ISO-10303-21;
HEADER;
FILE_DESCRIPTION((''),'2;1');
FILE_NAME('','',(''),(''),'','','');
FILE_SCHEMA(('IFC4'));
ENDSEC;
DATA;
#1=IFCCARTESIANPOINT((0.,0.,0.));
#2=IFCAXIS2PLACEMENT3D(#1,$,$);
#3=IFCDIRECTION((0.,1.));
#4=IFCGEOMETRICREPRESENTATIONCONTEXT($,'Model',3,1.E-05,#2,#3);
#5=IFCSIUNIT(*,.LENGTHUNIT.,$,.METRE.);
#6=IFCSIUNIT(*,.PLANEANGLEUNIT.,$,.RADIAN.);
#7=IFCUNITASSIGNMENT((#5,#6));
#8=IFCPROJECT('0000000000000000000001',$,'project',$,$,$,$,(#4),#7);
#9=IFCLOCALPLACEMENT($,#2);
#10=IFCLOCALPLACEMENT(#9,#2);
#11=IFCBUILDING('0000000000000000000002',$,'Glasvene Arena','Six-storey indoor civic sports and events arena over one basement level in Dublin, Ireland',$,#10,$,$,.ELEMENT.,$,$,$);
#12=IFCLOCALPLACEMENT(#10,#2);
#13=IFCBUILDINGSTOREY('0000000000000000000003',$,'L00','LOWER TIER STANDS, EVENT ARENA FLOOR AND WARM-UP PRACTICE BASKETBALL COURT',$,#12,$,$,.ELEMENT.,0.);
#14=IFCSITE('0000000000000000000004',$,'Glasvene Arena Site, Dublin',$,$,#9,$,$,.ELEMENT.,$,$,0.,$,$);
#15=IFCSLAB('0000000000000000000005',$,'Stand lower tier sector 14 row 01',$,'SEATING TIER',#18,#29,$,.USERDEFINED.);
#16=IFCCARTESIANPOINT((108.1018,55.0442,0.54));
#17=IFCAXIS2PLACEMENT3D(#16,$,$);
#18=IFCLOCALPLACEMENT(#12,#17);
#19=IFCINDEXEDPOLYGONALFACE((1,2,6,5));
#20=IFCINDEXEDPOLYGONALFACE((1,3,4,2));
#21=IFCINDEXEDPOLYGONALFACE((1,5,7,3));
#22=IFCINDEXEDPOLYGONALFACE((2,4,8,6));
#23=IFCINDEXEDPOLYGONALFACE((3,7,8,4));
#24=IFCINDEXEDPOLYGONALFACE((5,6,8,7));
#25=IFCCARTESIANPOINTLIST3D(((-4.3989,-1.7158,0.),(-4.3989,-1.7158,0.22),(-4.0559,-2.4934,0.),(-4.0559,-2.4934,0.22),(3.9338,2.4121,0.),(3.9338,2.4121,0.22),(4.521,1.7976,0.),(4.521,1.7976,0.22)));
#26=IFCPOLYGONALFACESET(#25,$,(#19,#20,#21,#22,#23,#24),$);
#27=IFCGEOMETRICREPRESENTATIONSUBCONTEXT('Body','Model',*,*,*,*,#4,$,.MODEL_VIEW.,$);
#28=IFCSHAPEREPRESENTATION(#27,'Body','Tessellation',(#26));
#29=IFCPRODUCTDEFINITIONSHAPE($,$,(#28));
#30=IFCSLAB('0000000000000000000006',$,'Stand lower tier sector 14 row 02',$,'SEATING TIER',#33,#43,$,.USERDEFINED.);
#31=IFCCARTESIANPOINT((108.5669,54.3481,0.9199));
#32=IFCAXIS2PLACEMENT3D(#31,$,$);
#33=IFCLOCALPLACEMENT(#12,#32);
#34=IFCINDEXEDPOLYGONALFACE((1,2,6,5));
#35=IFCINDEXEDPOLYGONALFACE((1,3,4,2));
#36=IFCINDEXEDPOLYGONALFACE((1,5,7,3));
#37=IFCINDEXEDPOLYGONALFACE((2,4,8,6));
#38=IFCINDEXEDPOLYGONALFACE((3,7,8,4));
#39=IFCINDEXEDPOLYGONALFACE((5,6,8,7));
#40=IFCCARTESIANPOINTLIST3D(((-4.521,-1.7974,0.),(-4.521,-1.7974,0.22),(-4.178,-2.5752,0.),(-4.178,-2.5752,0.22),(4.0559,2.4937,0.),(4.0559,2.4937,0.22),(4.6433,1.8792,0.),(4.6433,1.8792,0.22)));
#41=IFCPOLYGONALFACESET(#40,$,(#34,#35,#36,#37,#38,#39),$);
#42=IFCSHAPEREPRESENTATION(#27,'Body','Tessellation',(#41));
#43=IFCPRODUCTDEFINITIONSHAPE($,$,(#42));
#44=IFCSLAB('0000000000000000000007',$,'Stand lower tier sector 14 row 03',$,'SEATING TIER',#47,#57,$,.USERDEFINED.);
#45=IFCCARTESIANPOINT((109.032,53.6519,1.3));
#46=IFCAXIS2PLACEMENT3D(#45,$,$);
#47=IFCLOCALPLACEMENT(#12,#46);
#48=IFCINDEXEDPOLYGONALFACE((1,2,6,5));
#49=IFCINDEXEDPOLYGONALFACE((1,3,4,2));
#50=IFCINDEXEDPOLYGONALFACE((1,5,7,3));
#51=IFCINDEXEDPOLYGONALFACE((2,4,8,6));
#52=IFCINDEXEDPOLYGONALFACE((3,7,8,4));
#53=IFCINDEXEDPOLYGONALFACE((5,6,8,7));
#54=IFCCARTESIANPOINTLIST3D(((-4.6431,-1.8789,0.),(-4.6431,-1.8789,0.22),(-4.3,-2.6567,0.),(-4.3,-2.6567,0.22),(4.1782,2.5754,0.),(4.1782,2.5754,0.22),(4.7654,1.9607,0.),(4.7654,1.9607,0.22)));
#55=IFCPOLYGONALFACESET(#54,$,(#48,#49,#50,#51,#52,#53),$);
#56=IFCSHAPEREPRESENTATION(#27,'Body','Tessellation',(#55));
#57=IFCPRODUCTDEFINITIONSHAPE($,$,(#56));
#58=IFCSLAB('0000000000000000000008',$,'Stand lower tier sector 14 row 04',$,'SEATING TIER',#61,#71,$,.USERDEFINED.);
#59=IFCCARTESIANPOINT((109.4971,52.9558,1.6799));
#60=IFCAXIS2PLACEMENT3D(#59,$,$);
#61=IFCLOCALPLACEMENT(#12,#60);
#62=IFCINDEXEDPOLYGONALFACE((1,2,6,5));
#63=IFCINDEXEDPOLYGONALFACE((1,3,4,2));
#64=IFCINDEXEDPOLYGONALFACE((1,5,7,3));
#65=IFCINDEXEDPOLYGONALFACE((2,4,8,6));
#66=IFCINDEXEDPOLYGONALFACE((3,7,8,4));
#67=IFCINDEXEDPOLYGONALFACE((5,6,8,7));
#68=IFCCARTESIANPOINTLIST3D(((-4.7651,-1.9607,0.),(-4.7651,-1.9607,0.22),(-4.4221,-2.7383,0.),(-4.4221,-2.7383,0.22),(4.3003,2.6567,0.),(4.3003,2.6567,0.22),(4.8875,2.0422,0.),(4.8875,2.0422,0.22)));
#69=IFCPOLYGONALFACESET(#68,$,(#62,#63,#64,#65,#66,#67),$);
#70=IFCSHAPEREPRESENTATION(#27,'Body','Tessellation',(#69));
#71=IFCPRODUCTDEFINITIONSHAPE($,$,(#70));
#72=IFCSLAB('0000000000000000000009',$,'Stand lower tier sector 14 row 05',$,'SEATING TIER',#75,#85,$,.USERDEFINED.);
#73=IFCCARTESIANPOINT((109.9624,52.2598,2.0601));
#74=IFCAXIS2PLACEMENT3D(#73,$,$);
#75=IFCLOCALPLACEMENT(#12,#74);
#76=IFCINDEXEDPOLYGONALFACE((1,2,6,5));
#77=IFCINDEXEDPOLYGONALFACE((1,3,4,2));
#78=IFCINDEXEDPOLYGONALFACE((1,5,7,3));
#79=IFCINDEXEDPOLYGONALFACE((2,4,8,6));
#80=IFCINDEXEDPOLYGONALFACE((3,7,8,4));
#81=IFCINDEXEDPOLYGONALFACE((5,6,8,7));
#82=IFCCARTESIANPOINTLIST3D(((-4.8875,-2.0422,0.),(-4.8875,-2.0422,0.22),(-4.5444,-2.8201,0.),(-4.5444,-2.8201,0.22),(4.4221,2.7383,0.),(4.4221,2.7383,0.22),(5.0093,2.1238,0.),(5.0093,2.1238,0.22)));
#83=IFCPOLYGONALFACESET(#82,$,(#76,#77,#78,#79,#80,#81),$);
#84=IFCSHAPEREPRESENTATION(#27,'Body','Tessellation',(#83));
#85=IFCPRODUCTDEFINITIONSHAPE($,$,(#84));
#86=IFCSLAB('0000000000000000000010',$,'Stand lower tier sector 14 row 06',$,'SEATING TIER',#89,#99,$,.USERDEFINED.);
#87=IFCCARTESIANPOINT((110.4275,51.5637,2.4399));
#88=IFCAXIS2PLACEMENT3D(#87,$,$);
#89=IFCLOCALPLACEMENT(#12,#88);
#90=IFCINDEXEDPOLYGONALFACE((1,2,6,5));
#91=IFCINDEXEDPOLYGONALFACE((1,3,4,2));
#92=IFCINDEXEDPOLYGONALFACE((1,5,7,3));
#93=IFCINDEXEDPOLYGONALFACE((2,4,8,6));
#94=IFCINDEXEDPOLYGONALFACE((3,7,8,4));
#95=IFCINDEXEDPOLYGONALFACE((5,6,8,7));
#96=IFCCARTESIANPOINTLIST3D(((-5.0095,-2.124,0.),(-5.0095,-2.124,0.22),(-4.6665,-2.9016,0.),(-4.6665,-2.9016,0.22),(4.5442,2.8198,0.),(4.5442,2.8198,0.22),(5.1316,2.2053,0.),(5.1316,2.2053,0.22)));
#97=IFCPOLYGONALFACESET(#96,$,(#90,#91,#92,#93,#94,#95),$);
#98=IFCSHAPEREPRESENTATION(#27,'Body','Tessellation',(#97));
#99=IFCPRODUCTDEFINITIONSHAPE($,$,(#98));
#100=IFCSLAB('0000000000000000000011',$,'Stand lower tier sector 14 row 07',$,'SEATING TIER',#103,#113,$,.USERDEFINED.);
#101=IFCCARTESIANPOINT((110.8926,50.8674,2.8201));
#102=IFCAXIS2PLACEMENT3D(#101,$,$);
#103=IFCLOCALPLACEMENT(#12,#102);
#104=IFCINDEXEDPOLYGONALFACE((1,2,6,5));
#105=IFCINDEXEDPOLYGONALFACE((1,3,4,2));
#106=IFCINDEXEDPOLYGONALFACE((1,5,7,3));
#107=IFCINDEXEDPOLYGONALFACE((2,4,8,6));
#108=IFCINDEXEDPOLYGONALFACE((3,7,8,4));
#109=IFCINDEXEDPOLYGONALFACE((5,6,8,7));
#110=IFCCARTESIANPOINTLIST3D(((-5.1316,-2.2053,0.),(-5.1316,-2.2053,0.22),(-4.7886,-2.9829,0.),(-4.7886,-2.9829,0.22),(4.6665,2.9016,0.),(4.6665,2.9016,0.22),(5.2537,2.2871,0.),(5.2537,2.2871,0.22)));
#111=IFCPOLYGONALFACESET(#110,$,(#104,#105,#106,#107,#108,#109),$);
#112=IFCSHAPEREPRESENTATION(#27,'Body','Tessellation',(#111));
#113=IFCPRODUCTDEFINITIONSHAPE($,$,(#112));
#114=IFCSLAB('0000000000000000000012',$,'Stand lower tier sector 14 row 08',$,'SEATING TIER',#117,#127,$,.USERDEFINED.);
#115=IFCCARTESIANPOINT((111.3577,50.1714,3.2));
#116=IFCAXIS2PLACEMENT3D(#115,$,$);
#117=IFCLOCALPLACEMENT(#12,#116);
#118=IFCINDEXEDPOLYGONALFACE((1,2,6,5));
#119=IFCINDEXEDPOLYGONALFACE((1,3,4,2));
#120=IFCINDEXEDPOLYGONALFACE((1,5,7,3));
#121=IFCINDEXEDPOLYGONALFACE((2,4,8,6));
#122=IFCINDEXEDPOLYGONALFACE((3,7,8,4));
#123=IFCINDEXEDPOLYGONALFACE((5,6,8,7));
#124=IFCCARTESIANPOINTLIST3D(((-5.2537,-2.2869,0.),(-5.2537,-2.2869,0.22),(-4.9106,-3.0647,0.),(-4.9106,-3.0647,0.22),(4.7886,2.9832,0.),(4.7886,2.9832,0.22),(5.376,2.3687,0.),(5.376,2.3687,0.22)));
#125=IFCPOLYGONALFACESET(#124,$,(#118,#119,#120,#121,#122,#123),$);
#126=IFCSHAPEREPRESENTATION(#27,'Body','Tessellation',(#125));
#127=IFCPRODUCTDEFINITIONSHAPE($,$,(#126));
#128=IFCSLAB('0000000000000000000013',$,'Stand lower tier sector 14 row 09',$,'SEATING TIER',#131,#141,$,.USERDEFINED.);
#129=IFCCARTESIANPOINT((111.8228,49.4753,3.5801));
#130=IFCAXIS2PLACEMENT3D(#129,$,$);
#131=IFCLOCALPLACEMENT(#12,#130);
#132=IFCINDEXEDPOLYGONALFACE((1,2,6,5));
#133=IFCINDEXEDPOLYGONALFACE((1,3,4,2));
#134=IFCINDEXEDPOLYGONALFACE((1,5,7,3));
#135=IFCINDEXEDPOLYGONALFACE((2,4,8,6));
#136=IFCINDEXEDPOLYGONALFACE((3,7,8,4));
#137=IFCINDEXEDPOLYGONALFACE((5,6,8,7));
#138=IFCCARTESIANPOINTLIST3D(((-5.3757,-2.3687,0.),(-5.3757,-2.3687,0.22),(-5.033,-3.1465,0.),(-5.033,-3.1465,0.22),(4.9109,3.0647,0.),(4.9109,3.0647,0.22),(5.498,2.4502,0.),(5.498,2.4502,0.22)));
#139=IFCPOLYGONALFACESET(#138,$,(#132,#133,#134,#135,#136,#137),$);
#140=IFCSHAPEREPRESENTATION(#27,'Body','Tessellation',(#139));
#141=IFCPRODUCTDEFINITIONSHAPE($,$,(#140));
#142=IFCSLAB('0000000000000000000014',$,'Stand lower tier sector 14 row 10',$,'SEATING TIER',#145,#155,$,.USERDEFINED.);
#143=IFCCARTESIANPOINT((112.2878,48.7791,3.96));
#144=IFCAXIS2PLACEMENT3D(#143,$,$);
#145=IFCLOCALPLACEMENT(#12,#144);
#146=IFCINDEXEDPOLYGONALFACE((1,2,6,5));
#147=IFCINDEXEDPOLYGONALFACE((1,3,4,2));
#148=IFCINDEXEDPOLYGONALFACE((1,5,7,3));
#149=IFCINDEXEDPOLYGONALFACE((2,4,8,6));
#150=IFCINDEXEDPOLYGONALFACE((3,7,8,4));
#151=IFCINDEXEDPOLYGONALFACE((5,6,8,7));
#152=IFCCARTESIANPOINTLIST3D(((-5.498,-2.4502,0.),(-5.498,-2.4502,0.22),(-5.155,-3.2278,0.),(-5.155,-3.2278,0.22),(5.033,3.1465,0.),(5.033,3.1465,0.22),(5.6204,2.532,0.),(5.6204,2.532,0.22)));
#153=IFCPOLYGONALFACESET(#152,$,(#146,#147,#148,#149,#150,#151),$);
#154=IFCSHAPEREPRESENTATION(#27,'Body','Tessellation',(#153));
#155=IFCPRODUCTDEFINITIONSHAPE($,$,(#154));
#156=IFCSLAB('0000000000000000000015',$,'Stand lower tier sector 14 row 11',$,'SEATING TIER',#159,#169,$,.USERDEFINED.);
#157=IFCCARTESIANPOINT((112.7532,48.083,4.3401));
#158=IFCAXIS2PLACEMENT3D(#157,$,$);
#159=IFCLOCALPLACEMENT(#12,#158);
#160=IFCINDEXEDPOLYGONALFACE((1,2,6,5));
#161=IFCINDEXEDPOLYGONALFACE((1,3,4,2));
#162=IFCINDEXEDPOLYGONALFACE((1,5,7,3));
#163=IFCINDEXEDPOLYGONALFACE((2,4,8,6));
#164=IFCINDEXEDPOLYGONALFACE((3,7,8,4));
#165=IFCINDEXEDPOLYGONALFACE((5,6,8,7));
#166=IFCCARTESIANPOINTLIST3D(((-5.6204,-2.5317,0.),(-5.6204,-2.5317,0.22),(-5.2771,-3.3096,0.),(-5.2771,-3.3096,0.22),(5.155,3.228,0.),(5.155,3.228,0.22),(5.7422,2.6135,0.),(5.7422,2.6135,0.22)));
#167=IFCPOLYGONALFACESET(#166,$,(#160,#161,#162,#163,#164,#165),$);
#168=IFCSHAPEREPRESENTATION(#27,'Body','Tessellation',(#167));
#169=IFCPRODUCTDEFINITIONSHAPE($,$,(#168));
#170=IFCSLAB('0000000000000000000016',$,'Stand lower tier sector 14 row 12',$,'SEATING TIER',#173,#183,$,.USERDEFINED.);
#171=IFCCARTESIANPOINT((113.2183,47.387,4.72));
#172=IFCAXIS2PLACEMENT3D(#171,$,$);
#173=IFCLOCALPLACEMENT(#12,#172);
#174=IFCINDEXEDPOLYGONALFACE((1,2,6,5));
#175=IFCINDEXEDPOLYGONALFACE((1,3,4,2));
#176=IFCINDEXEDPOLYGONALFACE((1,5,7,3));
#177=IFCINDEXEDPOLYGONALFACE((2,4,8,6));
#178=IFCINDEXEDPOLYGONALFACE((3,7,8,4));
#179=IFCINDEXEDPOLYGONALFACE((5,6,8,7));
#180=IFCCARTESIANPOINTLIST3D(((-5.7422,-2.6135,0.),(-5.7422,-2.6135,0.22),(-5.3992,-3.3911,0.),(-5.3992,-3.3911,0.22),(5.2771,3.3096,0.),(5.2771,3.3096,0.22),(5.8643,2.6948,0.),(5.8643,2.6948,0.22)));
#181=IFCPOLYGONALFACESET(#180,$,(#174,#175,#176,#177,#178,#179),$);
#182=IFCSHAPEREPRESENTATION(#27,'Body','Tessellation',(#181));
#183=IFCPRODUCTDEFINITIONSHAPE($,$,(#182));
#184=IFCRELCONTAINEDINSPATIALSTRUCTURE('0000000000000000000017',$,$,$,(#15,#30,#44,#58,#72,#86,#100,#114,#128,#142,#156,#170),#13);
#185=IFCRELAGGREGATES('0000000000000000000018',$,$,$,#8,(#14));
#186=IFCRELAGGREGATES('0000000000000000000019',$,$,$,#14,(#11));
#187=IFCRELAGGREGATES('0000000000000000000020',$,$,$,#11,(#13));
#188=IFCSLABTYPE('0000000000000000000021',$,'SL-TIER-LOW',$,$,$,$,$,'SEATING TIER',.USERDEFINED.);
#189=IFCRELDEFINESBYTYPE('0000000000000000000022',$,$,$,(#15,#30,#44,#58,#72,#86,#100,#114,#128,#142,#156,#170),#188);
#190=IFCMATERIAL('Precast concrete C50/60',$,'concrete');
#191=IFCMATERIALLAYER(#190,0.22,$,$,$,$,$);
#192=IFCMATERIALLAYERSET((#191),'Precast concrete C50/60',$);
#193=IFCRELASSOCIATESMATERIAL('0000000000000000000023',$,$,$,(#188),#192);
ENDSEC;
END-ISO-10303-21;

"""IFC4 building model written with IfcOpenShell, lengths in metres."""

from ifc_helpers import new_model, si_unit, direction, frame, origin, place, context, subcontext, project, spatial, polyline, outline, extrude, material, layer, layer_set, type_object, element, save


model = new_model("IFC4")

# Units and contexts
model_context = context("Model", 3, precision=1e-05, world=origin(), true_north=direction((0.0, 1.0)))
body_context = subcontext(model_context, "Body", "Model", "MODEL_VIEW")
ifc_project = project(units=[si_unit("LENGTHUNIT", "METRE"), si_unit("PLANEANGLEUNIT", "RADIAN")], contexts=[model_context])

# Site, building, storey
site_placement = place(None, origin())
site = spatial("IfcSite", under=ifc_project, at=site_placement, Name="Glasvene Arena Site, Dublin", CompositionType="ELEMENT", RefElevation=0.0)
building_placement = place(site_placement, origin())
building = spatial("IfcBuilding", under=site, at=building_placement, Name="Glasvene Arena", Description="Six-storey indoor civic sports and events arena over one basement level in Dublin, Ireland", CompositionType="ELEMENT")
storey_placement = place(building_placement, origin())
storey = spatial("IfcBuildingStorey", under=building, at=storey_placement, Name="L00", Description="LOWER TIER STANDS, EVENT ARENA FLOOR AND WARM-UP PRACTICE BASKETBALL COURT", CompositionType="ELEMENT", Elevation=0.0)

# Shared definitions
ifc_material_1 = material(Name="Precast concrete C50/60", Category="concrete")

# Slabs
ifc_layer = layer(ifc_material_1, 0.22)
ifc_layer_set = layer_set([ifc_layer], Name="Precast concrete C50/60")
slab_type = type_object("IfcSlabType", Name="SL-TIER-LOW", ElementType="SEATING TIER", PredefinedType="USERDEFINED", material=ifc_layer_set)
slab_1_placement = place(storey_placement, frame((108.1018, 55.0442, 0.54)))
element("IfcSlab", 1, at=slab_1_placement, inside=storey, type_object=slab_type, Name="Stand lower tier sector 14 row 01", ObjectType="SEATING TIER", PredefinedType="USERDEFINED", context=body_context, shape_type="SweptSolid", body=[
    extrude(outline(polyline([(-4.3989, -1.7158), (3.9338, 2.4121), (4.521, 1.7976), (-4.0559, -2.4934), (-4.3989, -1.7158)])), origin(), (0.0, 0.0, 1.0), 0.22),
])
slab_2_placement = place(storey_placement, frame((108.5669, 54.3481, 0.9199)))
element("IfcSlab", 2, at=slab_2_placement, inside=storey, type_object=slab_type, Name="Stand lower tier sector 14 row 02", ObjectType="SEATING TIER", PredefinedType="USERDEFINED", context=body_context, shape_type="SweptSolid", body=[
    extrude(outline(polyline([(-4.521, -1.7974), (4.0559, 2.4937), (4.6433, 1.8792), (-4.178, -2.5752), (-4.521, -1.7974)])), origin(), (0.0, 0.0, 1.0), 0.22),
])
slab_3_placement = place(storey_placement, frame((109.032, 53.6519, 1.3)))
element("IfcSlab", 3, at=slab_3_placement, inside=storey, type_object=slab_type, Name="Stand lower tier sector 14 row 03", ObjectType="SEATING TIER", PredefinedType="USERDEFINED", context=body_context, shape_type="SweptSolid", body=[
    extrude(outline(polyline([(-4.6431, -1.8789), (4.1782, 2.5754), (4.7654, 1.9607), (-4.3, -2.6567), (-4.6431, -1.8789)])), origin(), (0.0, 0.0, 1.0), 0.22),
])
slab_4_placement = place(storey_placement, frame((109.4971, 52.9558, 1.6799)))
element("IfcSlab", 4, at=slab_4_placement, inside=storey, type_object=slab_type, Name="Stand lower tier sector 14 row 04", ObjectType="SEATING TIER", PredefinedType="USERDEFINED", context=body_context, shape_type="SweptSolid", body=[
    extrude(outline(polyline([(-4.7651, -1.9607), (4.3003, 2.6567), (4.8875, 2.0422), (-4.4221, -2.7383), (-4.7651, -1.9607)])), origin(), (0.0, 0.0, 1.0), 0.22),
])
slab_5_placement = place(storey_placement, frame((109.9624, 52.2598, 2.0601)))
element("IfcSlab", 5, at=slab_5_placement, inside=storey, type_object=slab_type, Name="Stand lower tier sector 14 row 05", ObjectType="SEATING TIER", PredefinedType="USERDEFINED", context=body_context, shape_type="SweptSolid", body=[
    extrude(outline(polyline([(-4.8875, -2.0422), (4.4221, 2.7383), (5.0093, 2.1238), (-4.5444, -2.8201), (-4.8875, -2.0422)])), origin(), (0.0, 0.0, 1.0), 0.22),
])
slab_6_placement = place(storey_placement, frame((110.4275, 51.5637, 2.4399)))
element("IfcSlab", 6, at=slab_6_placement, inside=storey, type_object=slab_type, Name="Stand lower tier sector 14 row 06", ObjectType="SEATING TIER", PredefinedType="USERDEFINED", context=body_context, shape_type="SweptSolid", body=[
    extrude(outline(polyline([(-5.0095, -2.124), (4.5442, 2.8198), (5.1316, 2.2053), (-4.6665, -2.9016), (-5.0095, -2.124)])), origin(), (0.0, 0.0, 1.0), 0.22),
])
slab_7_placement = place(storey_placement, frame((110.8926, 50.8674, 2.8201)))
element("IfcSlab", 7, at=slab_7_placement, inside=storey, type_object=slab_type, Name="Stand lower tier sector 14 row 07", ObjectType="SEATING TIER", PredefinedType="USERDEFINED", context=body_context, shape_type="SweptSolid", body=[
    extrude(outline(polyline([(-5.1316, -2.2053), (4.6665, 2.9016), (5.2537, 2.2871), (-4.7886, -2.9829), (-5.1316, -2.2053)])), origin(), (0.0, 0.0, 1.0), 0.22),
])
slab_8_placement = place(storey_placement, frame((111.3577, 50.1714, 3.2)))
element("IfcSlab", 8, at=slab_8_placement, inside=storey, type_object=slab_type, Name="Stand lower tier sector 14 row 08", ObjectType="SEATING TIER", PredefinedType="USERDEFINED", context=body_context, shape_type="SweptSolid", body=[
    extrude(outline(polyline([(-5.2537, -2.2869), (4.7886, 2.9832), (5.376, 2.3687), (-4.9106, -3.0647), (-5.2537, -2.2869)])), origin(), (0.0, 0.0, 1.0), 0.22),
])
slab_9_placement = place(storey_placement, frame((111.8228, 49.4753, 3.5801)))
element("IfcSlab", 9, at=slab_9_placement, inside=storey, type_object=slab_type, Name="Stand lower tier sector 14 row 09", ObjectType="SEATING TIER", PredefinedType="USERDEFINED", context=body_context, shape_type="SweptSolid", body=[
    extrude(outline(polyline([(-5.3757, -2.3687), (4.9109, 3.0647), (5.498, 2.4502), (-5.033, -3.1465), (-5.3757, -2.3687)])), origin(), (0.0, 0.0, 1.0), 0.22),
])
slab_10_placement = place(storey_placement, frame((112.2878, 48.7791, 3.96)))
element("IfcSlab", 10, at=slab_10_placement, inside=storey, type_object=slab_type, Name="Stand lower tier sector 14 row 10", ObjectType="SEATING TIER", PredefinedType="USERDEFINED", context=body_context, shape_type="SweptSolid", body=[
    extrude(outline(polyline([(-5.498, -2.4502), (5.033, 3.1465), (5.6204, 2.532), (-5.155, -3.2278), (-5.498, -2.4502)])), origin(), (0.0, 0.0, 1.0), 0.22),
])
slab_11_placement = place(storey_placement, frame((112.7532, 48.083, 4.3401)))
element("IfcSlab", 11, at=slab_11_placement, inside=storey, type_object=slab_type, Name="Stand lower tier sector 14 row 11", ObjectType="SEATING TIER", PredefinedType="USERDEFINED", context=body_context, shape_type="SweptSolid", body=[
    extrude(outline(polyline([(-5.6204, -2.5317), (5.155, 3.228), (5.7422, 2.6135), (-5.2771, -3.3096), (-5.6204, -2.5317)])), origin(), (0.0, 0.0, 1.0), 0.22),
])
slab_12_placement = place(storey_placement, frame((113.2183, 47.387, 4.72)))
element("IfcSlab", 12, at=slab_12_placement, inside=storey, type_object=slab_type, Name="Stand lower tier sector 14 row 12", ObjectType="SEATING TIER", PredefinedType="USERDEFINED", context=body_context, shape_type="SweptSolid", body=[
    extrude(outline(polyline([(-5.7422, -2.6135), (5.2771, 3.3096), (5.8643, 2.6948), (-5.3992, -3.3911), (-5.7422, -2.6135)])), origin(), (0.0, 0.0, 1.0), 0.22),
])

save(model, "model.ifc")
